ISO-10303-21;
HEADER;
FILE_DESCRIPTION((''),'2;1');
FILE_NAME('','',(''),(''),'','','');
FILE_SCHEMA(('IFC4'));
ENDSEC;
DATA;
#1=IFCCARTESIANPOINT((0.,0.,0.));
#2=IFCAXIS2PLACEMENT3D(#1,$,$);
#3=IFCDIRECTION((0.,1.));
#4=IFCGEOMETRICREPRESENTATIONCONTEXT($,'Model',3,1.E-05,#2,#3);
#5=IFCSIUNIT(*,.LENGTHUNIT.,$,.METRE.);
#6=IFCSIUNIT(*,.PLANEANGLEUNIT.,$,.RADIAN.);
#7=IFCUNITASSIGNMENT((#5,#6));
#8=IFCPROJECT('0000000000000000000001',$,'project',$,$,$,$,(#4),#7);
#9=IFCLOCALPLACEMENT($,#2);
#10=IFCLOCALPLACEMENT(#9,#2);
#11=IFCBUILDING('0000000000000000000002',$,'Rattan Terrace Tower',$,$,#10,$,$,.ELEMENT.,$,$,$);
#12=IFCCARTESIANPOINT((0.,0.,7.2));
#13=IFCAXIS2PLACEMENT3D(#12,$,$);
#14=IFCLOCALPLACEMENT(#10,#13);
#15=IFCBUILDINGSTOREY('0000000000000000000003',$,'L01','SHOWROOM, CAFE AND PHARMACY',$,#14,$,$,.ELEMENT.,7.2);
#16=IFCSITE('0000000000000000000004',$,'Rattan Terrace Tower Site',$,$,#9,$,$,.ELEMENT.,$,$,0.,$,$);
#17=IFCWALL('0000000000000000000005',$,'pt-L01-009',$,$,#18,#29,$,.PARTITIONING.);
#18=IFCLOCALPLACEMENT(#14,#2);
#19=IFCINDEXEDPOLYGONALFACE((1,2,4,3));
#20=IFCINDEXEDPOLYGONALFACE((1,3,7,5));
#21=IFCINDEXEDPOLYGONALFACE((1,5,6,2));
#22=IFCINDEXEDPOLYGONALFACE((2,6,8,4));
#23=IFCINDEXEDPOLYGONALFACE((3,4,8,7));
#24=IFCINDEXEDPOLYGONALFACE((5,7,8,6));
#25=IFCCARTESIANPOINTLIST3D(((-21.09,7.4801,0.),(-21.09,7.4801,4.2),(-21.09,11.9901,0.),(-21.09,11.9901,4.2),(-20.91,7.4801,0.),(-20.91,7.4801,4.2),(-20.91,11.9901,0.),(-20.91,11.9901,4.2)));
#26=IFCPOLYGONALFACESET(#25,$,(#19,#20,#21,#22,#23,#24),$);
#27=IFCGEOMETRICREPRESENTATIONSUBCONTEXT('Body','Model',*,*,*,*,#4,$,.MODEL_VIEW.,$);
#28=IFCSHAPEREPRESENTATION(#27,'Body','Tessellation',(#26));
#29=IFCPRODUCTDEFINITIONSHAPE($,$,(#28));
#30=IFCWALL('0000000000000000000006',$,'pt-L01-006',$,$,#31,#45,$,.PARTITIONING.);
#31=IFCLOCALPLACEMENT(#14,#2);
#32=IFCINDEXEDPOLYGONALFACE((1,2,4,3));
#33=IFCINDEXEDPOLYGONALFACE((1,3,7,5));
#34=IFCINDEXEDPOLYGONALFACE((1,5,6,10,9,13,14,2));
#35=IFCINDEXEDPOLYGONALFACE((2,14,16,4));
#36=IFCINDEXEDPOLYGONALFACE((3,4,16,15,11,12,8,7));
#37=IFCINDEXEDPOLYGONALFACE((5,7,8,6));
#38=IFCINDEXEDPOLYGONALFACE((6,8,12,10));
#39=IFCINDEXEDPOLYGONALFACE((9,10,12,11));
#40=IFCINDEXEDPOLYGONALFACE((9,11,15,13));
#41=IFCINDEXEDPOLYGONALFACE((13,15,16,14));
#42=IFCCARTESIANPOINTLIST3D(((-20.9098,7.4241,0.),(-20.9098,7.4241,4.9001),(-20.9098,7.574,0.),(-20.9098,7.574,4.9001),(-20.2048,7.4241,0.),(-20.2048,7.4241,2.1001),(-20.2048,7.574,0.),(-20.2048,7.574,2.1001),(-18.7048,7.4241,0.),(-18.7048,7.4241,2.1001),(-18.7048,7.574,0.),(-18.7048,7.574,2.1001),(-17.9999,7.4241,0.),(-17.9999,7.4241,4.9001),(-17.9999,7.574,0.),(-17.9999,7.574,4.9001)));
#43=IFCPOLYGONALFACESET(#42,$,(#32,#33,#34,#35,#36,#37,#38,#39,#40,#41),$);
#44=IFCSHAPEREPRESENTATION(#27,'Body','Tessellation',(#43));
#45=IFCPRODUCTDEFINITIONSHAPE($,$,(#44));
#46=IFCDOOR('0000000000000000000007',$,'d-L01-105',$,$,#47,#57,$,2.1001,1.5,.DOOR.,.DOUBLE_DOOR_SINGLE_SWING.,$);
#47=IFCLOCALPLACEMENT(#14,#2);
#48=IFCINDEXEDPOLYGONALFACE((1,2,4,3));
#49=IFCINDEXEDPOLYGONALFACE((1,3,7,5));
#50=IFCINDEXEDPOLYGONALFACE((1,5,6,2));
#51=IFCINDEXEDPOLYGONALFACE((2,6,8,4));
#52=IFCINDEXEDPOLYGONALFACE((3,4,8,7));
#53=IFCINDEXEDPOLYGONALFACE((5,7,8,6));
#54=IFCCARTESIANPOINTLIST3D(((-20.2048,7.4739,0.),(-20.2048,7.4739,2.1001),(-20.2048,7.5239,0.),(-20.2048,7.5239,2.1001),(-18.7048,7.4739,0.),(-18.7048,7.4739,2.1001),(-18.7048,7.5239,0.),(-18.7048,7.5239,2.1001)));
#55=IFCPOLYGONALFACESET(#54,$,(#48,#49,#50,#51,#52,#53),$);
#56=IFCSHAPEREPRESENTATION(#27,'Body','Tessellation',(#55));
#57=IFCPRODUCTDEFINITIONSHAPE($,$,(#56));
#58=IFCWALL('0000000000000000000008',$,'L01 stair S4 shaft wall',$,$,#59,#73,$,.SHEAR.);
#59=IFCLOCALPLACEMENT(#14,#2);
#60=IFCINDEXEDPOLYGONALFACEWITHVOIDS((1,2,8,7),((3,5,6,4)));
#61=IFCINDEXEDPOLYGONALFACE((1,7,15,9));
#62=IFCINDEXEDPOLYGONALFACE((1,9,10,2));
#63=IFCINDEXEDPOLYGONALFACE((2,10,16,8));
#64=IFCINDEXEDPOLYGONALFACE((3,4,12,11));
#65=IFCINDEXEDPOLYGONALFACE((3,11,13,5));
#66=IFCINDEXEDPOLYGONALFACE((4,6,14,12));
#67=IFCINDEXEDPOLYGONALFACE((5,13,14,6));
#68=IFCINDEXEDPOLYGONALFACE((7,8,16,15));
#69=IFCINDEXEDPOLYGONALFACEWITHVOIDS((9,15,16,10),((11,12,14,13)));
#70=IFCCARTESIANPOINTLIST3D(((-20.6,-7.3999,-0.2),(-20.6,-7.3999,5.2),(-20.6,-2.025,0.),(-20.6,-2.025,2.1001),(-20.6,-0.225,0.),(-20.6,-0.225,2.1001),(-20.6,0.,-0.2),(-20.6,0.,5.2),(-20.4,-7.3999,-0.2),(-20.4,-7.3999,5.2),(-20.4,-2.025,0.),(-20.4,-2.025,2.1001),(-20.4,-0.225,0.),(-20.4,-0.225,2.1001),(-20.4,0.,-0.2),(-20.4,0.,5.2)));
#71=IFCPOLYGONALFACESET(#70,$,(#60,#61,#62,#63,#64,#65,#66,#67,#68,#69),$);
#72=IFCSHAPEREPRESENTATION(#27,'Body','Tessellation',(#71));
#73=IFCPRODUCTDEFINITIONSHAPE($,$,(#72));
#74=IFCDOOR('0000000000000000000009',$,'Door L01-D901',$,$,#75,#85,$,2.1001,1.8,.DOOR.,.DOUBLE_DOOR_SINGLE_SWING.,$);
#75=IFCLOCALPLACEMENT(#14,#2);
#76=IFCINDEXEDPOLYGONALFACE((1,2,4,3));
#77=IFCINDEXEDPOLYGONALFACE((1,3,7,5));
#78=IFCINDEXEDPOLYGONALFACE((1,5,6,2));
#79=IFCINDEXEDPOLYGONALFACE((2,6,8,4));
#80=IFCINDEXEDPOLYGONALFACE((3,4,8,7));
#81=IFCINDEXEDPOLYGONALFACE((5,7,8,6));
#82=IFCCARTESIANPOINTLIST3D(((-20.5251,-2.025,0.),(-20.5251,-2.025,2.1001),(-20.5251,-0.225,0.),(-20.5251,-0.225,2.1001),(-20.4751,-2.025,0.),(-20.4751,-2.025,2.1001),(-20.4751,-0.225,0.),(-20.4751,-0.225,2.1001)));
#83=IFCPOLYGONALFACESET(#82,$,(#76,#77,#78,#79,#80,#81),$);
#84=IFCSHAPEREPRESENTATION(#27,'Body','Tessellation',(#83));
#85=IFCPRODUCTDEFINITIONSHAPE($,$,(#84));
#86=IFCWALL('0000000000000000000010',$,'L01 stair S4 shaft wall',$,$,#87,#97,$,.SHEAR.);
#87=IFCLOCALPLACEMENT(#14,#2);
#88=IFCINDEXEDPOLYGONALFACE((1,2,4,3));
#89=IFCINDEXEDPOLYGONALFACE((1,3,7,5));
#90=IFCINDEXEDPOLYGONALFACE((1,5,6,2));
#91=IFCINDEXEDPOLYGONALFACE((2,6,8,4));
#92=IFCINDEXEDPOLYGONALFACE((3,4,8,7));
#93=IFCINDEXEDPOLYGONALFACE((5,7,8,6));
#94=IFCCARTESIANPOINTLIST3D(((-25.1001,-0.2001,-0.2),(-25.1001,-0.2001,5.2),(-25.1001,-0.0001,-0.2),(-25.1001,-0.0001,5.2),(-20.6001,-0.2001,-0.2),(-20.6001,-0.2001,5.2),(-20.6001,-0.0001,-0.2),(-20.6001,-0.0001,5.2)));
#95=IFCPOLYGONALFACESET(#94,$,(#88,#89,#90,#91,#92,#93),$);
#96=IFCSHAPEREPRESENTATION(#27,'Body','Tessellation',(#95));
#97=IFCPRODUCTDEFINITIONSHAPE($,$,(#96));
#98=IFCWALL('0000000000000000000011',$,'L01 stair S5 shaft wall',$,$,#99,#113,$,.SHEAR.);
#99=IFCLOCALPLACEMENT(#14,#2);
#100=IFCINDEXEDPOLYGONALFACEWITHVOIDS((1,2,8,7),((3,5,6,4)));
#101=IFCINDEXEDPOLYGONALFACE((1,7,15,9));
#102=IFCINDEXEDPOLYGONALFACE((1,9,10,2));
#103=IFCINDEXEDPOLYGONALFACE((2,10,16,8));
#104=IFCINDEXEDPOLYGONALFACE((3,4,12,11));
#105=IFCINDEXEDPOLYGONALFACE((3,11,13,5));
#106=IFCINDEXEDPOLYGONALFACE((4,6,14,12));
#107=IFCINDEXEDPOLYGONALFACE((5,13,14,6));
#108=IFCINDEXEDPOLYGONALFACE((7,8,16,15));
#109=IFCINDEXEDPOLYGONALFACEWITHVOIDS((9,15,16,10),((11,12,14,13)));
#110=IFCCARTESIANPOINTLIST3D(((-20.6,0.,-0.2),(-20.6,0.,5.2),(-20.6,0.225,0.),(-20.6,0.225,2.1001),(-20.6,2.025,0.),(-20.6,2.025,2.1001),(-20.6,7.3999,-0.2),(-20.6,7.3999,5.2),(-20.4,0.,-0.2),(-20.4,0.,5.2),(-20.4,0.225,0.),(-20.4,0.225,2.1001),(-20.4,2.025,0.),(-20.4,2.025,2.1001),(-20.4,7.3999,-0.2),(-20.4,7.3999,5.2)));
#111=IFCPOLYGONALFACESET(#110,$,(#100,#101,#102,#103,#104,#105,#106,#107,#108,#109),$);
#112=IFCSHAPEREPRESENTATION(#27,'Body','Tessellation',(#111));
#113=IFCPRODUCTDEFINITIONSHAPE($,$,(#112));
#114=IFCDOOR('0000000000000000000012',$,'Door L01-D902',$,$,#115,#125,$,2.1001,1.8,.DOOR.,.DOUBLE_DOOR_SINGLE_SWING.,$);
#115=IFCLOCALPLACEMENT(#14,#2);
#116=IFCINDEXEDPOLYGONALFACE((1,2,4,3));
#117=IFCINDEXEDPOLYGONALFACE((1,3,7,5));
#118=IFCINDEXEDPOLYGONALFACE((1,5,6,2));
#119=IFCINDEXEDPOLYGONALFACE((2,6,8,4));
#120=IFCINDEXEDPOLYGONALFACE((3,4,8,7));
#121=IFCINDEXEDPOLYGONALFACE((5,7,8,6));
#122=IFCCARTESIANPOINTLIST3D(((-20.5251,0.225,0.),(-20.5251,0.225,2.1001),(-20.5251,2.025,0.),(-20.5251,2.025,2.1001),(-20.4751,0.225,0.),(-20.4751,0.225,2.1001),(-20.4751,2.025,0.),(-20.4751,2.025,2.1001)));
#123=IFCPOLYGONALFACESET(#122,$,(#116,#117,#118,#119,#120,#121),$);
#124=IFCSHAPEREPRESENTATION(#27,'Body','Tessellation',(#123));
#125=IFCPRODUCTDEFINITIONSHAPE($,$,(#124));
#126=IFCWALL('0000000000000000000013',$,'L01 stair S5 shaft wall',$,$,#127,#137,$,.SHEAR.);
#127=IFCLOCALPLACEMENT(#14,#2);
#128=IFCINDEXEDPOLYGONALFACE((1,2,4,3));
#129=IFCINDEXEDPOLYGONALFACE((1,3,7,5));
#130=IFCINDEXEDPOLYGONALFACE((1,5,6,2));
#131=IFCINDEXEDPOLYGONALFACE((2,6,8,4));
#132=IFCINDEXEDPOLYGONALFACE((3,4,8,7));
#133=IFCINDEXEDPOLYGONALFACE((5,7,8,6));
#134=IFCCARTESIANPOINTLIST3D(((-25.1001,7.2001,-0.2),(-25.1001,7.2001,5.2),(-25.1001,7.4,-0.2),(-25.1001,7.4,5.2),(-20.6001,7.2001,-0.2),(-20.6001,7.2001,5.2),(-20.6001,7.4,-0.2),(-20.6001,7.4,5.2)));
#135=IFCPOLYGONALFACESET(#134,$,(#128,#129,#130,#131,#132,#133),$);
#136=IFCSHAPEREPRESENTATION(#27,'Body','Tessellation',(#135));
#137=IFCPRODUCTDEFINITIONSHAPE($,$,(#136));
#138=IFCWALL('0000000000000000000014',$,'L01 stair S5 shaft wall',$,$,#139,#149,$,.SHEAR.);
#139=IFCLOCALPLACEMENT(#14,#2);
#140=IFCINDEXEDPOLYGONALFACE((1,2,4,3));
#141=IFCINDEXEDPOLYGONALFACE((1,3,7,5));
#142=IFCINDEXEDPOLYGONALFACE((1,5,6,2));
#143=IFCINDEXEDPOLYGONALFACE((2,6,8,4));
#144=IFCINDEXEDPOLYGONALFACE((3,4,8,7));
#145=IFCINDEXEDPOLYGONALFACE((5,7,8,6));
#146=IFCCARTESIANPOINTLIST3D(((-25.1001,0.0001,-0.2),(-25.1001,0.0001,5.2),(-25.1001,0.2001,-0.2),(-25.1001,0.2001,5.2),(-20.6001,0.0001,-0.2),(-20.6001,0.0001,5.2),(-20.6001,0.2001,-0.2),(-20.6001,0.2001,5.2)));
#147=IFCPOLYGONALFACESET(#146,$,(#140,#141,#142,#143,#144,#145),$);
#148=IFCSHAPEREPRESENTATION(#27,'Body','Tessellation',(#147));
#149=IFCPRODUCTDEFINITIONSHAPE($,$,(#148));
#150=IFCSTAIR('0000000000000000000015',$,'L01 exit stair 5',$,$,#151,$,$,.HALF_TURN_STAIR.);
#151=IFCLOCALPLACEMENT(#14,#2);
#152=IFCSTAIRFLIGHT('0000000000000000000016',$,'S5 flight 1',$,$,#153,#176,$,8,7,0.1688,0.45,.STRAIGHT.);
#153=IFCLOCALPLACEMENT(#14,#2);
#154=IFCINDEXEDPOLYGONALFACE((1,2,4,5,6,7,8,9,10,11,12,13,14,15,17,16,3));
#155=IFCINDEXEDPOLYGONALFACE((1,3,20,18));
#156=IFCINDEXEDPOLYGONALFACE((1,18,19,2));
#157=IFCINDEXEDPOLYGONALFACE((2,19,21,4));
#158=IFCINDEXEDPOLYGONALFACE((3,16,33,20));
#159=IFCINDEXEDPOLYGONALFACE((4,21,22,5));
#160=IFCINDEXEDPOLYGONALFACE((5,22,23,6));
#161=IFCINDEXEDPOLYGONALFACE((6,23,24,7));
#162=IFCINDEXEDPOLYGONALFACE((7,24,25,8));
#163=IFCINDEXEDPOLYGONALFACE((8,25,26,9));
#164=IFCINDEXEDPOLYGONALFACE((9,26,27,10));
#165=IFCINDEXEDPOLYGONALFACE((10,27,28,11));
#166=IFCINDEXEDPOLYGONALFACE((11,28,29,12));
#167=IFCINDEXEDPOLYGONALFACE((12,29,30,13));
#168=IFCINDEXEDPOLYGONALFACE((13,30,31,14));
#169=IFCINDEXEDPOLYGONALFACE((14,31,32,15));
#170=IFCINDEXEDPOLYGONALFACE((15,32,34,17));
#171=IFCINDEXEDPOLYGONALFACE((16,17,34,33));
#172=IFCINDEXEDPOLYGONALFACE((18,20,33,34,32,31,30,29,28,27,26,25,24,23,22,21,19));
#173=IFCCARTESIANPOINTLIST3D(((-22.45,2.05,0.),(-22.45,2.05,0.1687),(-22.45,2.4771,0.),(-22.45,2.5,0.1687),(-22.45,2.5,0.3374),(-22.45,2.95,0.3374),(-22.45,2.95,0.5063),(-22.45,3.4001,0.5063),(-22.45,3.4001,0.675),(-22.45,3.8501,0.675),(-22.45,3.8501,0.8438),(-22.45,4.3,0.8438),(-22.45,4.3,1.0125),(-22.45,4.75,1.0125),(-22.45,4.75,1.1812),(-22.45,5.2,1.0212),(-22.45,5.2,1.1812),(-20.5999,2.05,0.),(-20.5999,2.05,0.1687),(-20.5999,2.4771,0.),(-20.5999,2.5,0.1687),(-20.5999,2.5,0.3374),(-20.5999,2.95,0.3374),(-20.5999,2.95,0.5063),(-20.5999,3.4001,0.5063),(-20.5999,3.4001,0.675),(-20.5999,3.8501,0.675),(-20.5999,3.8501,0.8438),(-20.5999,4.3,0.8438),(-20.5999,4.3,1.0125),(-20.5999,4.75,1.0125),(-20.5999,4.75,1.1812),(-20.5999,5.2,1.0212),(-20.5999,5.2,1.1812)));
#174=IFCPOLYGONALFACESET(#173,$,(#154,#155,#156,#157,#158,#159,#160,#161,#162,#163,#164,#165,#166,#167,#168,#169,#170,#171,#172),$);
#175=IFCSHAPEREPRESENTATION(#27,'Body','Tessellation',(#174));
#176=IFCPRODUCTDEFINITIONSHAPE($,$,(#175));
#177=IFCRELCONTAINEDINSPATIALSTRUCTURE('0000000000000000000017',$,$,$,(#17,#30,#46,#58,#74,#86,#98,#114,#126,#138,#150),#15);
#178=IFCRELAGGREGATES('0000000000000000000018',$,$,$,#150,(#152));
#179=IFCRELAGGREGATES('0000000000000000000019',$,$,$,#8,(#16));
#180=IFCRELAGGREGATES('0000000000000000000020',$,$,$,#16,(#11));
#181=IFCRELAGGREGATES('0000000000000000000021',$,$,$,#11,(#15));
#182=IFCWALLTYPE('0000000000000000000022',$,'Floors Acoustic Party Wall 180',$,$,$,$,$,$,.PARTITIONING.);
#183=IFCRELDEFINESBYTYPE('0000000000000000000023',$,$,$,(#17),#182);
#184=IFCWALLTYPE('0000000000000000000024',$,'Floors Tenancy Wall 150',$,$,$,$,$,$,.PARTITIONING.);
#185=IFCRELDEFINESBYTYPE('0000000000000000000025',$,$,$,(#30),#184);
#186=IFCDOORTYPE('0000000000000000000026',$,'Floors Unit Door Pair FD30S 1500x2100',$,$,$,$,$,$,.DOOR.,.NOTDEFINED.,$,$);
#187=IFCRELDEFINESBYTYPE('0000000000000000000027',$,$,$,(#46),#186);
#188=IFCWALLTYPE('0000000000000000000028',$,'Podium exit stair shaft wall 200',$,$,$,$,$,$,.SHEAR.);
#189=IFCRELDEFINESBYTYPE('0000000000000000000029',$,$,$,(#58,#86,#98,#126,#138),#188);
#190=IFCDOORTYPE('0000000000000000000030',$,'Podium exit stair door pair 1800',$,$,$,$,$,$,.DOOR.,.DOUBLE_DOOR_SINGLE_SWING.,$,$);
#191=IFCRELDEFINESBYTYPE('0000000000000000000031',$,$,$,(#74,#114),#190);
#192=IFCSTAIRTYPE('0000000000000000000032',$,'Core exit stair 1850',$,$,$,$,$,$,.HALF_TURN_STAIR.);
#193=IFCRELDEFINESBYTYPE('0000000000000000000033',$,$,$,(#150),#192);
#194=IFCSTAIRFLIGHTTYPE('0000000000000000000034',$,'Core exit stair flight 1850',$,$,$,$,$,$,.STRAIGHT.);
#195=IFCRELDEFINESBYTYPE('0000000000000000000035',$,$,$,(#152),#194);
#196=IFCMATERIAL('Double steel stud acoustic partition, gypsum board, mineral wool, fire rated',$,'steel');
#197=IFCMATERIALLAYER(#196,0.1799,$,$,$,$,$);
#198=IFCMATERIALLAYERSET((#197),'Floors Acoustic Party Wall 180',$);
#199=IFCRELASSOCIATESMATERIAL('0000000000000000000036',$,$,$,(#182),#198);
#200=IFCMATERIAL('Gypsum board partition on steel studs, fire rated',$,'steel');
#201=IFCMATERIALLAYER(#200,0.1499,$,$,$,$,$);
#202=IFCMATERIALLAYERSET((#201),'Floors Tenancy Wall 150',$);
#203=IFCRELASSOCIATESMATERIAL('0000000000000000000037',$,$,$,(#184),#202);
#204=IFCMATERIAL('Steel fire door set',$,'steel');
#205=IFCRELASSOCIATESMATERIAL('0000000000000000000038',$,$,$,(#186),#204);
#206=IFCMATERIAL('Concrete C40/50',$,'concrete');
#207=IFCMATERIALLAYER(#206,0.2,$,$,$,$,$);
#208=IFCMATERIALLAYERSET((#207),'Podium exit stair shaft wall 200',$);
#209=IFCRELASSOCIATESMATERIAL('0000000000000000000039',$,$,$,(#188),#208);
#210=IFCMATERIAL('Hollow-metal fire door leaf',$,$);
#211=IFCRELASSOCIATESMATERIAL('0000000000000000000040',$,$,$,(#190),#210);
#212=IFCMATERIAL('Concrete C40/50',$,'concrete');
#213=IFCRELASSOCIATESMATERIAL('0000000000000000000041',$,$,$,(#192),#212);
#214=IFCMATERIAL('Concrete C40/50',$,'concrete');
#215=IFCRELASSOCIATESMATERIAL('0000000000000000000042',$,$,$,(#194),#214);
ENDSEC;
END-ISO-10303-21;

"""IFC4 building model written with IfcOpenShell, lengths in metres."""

from ifc_helpers import new_model, si_unit, direction, frame, frame_2d, origin, place, context, subcontext, project, spatial, polyline, rectangle, outline, extrude, material, layer, layer_set, type_object, element, fill, aggregate, save


model = new_model("IFC4")

# Units and contexts
model_context = context("Model", 3, precision=1e-05, world=origin(), true_north=direction((0.0, 1.0)))
body_context = subcontext(model_context, "Body", "Model", "MODEL_VIEW")
ifc_project = project(units=[si_unit("LENGTHUNIT", "METRE"), si_unit("PLANEANGLEUNIT", "RADIAN")], contexts=[model_context])

# Site, building, storey
site_placement = place(None, origin())
site = spatial("IfcSite", under=ifc_project, at=site_placement, Name="Rattan Terrace Tower Site", CompositionType="ELEMENT", RefElevation=0.0)
building_placement = place(site_placement, origin())
building = spatial("IfcBuilding", under=site, at=building_placement, Name="Rattan Terrace Tower", CompositionType="ELEMENT")
storey_placement = place(building_placement, frame((0.0, 0.0, 7.2)))
storey = spatial("IfcBuildingStorey", under=building, at=storey_placement, Name="L01", Description="SHOWROOM, CAFE AND PHARMACY", CompositionType="ELEMENT", Elevation=7.2)

# Wall
ifc_material_1 = material(Name="Double steel stud acoustic partition, gypsum board, mineral wool, fire rated", Category="steel")
ifc_layer_1 = layer(ifc_material_1, 0.1799)
ifc_layer_set_1 = layer_set([ifc_layer_1], Name="Floors Acoustic Party Wall 180")
wall_type_1 = type_object("IfcWallType", Name="Floors Acoustic Party Wall 180", PredefinedType="PARTITIONING", material=ifc_layer_set_1)
wall_1_placement = place(storey_placement, frame((-21.0, 11.99, 0.0), z_axis=(0.0, 0.0, 1.0), x_axis=(0.0, -1.0, 0.0)))
element("IfcWall", 1, at=wall_1_placement, inside=storey, type_object=wall_type_1, Name="pt-L01-009", PredefinedType="PARTITIONING", context=body_context, shape_type="SweptSolid", body=[
    extrude(rectangle(XDim=4.51, YDim=0.1799, at=frame_2d((2.2549, 0.0))), origin(), (0.0, 0.0, 1.0), 4.2),
])

# Walls, openings, doors
ifc_material_2 = material(Name="Gypsum board partition on steel studs, fire rated", Category="steel")
ifc_layer_2 = layer(ifc_material_2, 0.1499)
ifc_layer_set_2 = layer_set([ifc_layer_2], Name="Floors Tenancy Wall 150")
wall_type_2 = type_object("IfcWallType", Name="Floors Tenancy Wall 150", PredefinedType="PARTITIONING", material=ifc_layer_set_2)
wall_2_placement = place(storey_placement, frame((-20.9099, 7.499, 0.0), z_axis=(0.0, 0.0, 1.0), x_axis=(1.0, 0.0, 0.0)))
wall_2 = element("IfcWall", 2, at=wall_2_placement, inside=storey, type_object=wall_type_2, Name="pt-L01-006", PredefinedType="PARTITIONING", context=body_context, shape_type="SweptSolid", body=[
    extrude(rectangle(XDim=2.9099, YDim=0.1499, at=frame_2d((1.4551, 0.0))), origin(), (0.0, 0.0, 1.0), 4.9001),
])
opening_1_placement = place(wall_2_placement, frame((0.7051, 0.0, 0.0)))
opening_1 = element("IfcOpeningElement", 3, at=opening_1_placement, cuts=wall_2, PredefinedType="OPENING", context=body_context, shape_type="SweptSolid", body=[
    extrude(rectangle(XDim=1.5, YDim=2.1001, at=frame_2d((0.75, 1.05))), frame((0.0, 0.0854, 0.0), z_axis=(0.0, -1.0, 0.0), x_axis=(1.0, 0.0, 0.0)), (0.0, 0.0, 1.0), 0.1709),
])
ifc_material_3 = material(Name="Steel fire door set", Category="steel")
door_type_1 = type_object("IfcDoorType", Name="Floors Unit Door Pair FD30S 1500x2100", OperationType="NOTDEFINED", PredefinedType="DOOR", material=ifc_material_3)
door_1_placement = place(opening_1_placement, origin())
door_1 = element("IfcDoor", 4, at=door_1_placement, inside=storey, type_object=door_type_1, Name="d-L01-105", OperationType="DOUBLE_DOOR_SINGLE_SWING", OverallHeight=2.1001, OverallWidth=1.5, PredefinedType="DOOR", context=body_context, shape_type="SweptSolid", body=[
    extrude(rectangle(XDim=1.5, YDim=2.1001, at=frame_2d((0.75, 1.05))), frame((0.0, 0.0249, 0.0), z_axis=(0.0, -1.0, 0.0), x_axis=(1.0, 0.0, 0.0)), (0.0, 0.0, 1.0), 0.05),
])
fill(opening_1, door_1)
ifc_material_4 = material(Name="Concrete C40/50", Category="concrete")
ifc_layer_3 = layer(ifc_material_4, 0.2)
ifc_layer_set_3 = layer_set([ifc_layer_3], Name="Podium exit stair shaft wall 200")
wall_type_3 = type_object("IfcWallType", Name="Podium exit stair shaft wall 200", PredefinedType="SHEAR", material=ifc_layer_set_3)
wall_3_placement = place(storey_placement, frame((-20.5, 0.0, -0.2), z_axis=(0.0, 0.0, 1.0), x_axis=(0.0, -1.0, 0.0)))
wall_3 = element("IfcWall", 5, at=wall_3_placement, inside=storey, type_object=wall_type_3, Name="L01 stair S4 shaft wall", PredefinedType="SHEAR", context=body_context, shape_type="SweptSolid", body=[
    extrude(rectangle(XDim=7.3999, YDim=0.2, at=frame_2d((3.7, 0.0))), origin(), (0.0, 0.0, 1.0), 5.3999),
])
opening_2_placement = place(wall_3_placement, frame((0.2251, 0.0, 0.2)))
opening_2 = element("IfcOpeningElement", 6, at=opening_2_placement, cuts=wall_3, PredefinedType="OPENING", context=body_context, shape_type="SweptSolid", body=[
    extrude(rectangle(XDim=1.8, YDim=2.1001, at=frame_2d((0.8999, 1.05))), frame((0.0, 0.1106, 0.0), z_axis=(0.0, -1.0, 0.0), x_axis=(1.0, 0.0, 0.0)), (0.0, 0.0, 1.0), 0.2209),
])
ifc_material_5 = material(Name="Hollow-metal fire door leaf")
door_type_2 = type_object("IfcDoorType", Name="Podium exit stair door pair 1800", OperationType="DOUBLE_DOOR_SINGLE_SWING", PredefinedType="DOOR", material=ifc_material_5)
door_2_placement = place(opening_2_placement, origin())
door_2 = element("IfcDoor", 7, at=door_2_placement, inside=storey, type_object=door_type_2, Name="Door L01-D901", OperationType="DOUBLE_DOOR_SINGLE_SWING", OverallHeight=2.1001, OverallWidth=1.8, PredefinedType="DOOR", context=body_context, shape_type="SweptSolid", body=[
    extrude(rectangle(XDim=1.8, YDim=2.1001, at=frame_2d((0.8999, 1.05))), frame((0.0, 0.0249, 0.0), z_axis=(0.0, -1.0, 0.0), x_axis=(1.0, 0.0, 0.0)), (0.0, 0.0, 1.0), 0.05),
])
fill(opening_2, door_2)

# Wall
wall_4_placement = place(storey_placement, frame((-25.1001, -0.1001, -0.2), z_axis=(0.0, 0.0, 1.0), x_axis=(1.0, 0.0, 0.0)))
element("IfcWall", 8, at=wall_4_placement, inside=storey, type_object=wall_type_3, Name="L01 stair S4 shaft wall", PredefinedType="SHEAR", context=body_context, shape_type="SweptSolid", body=[
    extrude(rectangle(XDim=4.5, YDim=0.2, at=frame_2d((2.25, 0.0))), origin(), (0.0, 0.0, 1.0), 5.3999),
])

# Wall, opening, door
wall_5_placement = place(storey_placement, frame((-20.5, 7.3999, -0.2), z_axis=(0.0, 0.0, 1.0), x_axis=(0.0, -1.0, 0.0)))
wall_5 = element("IfcWall", 9, at=wall_5_placement, inside=storey, type_object=wall_type_3, Name="L01 stair S5 shaft wall", PredefinedType="SHEAR", context=body_context, shape_type="SweptSolid", body=[
    extrude(rectangle(XDim=7.3999, YDim=0.2, at=frame_2d((3.7, 0.0))), origin(), (0.0, 0.0, 1.0), 5.3999),
])
opening_3_placement = place(wall_5_placement, frame((5.375, 0.0, 0.2)))
opening_3 = element("IfcOpeningElement", 10, at=opening_3_placement, cuts=wall_5, PredefinedType="OPENING", context=body_context, shape_type="SweptSolid", body=[
    extrude(rectangle(XDim=1.8, YDim=2.1001, at=frame_2d((0.8999, 1.05))), frame((0.0, 0.1106, 0.0), z_axis=(0.0, -1.0, 0.0), x_axis=(1.0, 0.0, 0.0)), (0.0, 0.0, 1.0), 0.2209),
])
door_3_placement = place(opening_3_placement, origin())
door_3 = element("IfcDoor", 11, at=door_3_placement, inside=storey, type_object=door_type_2, Name="Door L01-D902", OperationType="DOUBLE_DOOR_SINGLE_SWING", OverallHeight=2.1001, OverallWidth=1.8, PredefinedType="DOOR", context=body_context, shape_type="SweptSolid", body=[
    extrude(rectangle(XDim=1.8, YDim=2.1001, at=frame_2d((0.8999, 1.05))), frame((0.0, 0.0249, 0.0), z_axis=(0.0, -1.0, 0.0), x_axis=(1.0, 0.0, 0.0)), (0.0, 0.0, 1.0), 0.05),
])
fill(opening_3, door_3)

# Walls
for number, where, z_axis, x_axis, name in (
    (12, (-25.1001, 7.3, -0.2), (0.0, 0.0, 1.0), (1.0, 0.0, 0.0), "L01 stair S5 shaft wall"),
    (13, (-25.1001, 0.1001, -0.2), (0.0, 0.0, 1.0), (1.0, 0.0, 0.0), "L01 stair S5 shaft wall"),
):
    element("IfcWall", number, at=place(storey_placement, frame(where, z_axis=z_axis, x_axis=x_axis)), inside=storey, type_object=wall_type_3, Name=name, PredefinedType="SHEAR", context=body_context, shape_type="SweptSolid", body=[
        extrude(rectangle(XDim=4.5, YDim=0.2, at=frame_2d((2.25, 0.0))), origin(), (0.0, 0.0, 1.0), 5.3999),
    ])

# Stair, stair flight
ifc_material_6 = material(Name="Concrete C40/50", Category="concrete")
stair_type = type_object("IfcStairType", Name="Core exit stair 1850", PredefinedType="HALF_TURN_STAIR", material=ifc_material_6)
stair_placement = place(storey_placement, origin())
stair = element("IfcStair", 14, at=stair_placement, inside=storey, type_object=stair_type, Name="L01 exit stair 5", PredefinedType="HALF_TURN_STAIR")
ifc_material_7 = material(Name="Concrete C40/50", Category="concrete")
stair_flight_type = type_object("IfcStairFlightType", Name="Core exit stair flight 1850", PredefinedType="STRAIGHT", material=ifc_material_7)
stair_flight_1_placement = place(storey_placement, frame((-21.5249, 2.05, 0.0), z_axis=(0.0, 0.0, 1.0), x_axis=(0.0, 1.0, 0.0)))
stair_flight_1 = element("IfcStairFlight", 15, at=stair_flight_1_placement, type_object=stair_flight_type, Name="S5 flight 1", NumberOfRisers=8, NumberOfTreads=7, PredefinedType="STRAIGHT", RiserHeight=0.1688, TreadLength=0.45, context=body_context, shape_type="SweptSolid", body=[
    extrude(outline(polyline([(0.0, 0.0), (0.0, 0.1687), (0.45, 0.1687), (0.45, 0.3374), (0.8999, 0.3374), (0.8999, 0.5063), (1.3501, 0.5063), (1.3501, 0.675), (1.8, 0.675), (1.8, 0.8438), (2.25, 0.8438), (2.25, 1.0125), (2.7, 1.0125), (2.7, 1.1812), (3.1499, 1.1812), (3.1499, 1.3501), (3.1499, 1.0212), (0.427, 0.0), (0.0, 0.0)])), frame((0.0, 0.925, 0.0), z_axis=(0.0, -1.0, 0.0), x_axis=(1.0, 0.0, 0.0)), (0.0, 0.0, 1.0), 1.8501),
])
aggregate(stair, [stair_flight_1])

save(model, "model.ifc")
